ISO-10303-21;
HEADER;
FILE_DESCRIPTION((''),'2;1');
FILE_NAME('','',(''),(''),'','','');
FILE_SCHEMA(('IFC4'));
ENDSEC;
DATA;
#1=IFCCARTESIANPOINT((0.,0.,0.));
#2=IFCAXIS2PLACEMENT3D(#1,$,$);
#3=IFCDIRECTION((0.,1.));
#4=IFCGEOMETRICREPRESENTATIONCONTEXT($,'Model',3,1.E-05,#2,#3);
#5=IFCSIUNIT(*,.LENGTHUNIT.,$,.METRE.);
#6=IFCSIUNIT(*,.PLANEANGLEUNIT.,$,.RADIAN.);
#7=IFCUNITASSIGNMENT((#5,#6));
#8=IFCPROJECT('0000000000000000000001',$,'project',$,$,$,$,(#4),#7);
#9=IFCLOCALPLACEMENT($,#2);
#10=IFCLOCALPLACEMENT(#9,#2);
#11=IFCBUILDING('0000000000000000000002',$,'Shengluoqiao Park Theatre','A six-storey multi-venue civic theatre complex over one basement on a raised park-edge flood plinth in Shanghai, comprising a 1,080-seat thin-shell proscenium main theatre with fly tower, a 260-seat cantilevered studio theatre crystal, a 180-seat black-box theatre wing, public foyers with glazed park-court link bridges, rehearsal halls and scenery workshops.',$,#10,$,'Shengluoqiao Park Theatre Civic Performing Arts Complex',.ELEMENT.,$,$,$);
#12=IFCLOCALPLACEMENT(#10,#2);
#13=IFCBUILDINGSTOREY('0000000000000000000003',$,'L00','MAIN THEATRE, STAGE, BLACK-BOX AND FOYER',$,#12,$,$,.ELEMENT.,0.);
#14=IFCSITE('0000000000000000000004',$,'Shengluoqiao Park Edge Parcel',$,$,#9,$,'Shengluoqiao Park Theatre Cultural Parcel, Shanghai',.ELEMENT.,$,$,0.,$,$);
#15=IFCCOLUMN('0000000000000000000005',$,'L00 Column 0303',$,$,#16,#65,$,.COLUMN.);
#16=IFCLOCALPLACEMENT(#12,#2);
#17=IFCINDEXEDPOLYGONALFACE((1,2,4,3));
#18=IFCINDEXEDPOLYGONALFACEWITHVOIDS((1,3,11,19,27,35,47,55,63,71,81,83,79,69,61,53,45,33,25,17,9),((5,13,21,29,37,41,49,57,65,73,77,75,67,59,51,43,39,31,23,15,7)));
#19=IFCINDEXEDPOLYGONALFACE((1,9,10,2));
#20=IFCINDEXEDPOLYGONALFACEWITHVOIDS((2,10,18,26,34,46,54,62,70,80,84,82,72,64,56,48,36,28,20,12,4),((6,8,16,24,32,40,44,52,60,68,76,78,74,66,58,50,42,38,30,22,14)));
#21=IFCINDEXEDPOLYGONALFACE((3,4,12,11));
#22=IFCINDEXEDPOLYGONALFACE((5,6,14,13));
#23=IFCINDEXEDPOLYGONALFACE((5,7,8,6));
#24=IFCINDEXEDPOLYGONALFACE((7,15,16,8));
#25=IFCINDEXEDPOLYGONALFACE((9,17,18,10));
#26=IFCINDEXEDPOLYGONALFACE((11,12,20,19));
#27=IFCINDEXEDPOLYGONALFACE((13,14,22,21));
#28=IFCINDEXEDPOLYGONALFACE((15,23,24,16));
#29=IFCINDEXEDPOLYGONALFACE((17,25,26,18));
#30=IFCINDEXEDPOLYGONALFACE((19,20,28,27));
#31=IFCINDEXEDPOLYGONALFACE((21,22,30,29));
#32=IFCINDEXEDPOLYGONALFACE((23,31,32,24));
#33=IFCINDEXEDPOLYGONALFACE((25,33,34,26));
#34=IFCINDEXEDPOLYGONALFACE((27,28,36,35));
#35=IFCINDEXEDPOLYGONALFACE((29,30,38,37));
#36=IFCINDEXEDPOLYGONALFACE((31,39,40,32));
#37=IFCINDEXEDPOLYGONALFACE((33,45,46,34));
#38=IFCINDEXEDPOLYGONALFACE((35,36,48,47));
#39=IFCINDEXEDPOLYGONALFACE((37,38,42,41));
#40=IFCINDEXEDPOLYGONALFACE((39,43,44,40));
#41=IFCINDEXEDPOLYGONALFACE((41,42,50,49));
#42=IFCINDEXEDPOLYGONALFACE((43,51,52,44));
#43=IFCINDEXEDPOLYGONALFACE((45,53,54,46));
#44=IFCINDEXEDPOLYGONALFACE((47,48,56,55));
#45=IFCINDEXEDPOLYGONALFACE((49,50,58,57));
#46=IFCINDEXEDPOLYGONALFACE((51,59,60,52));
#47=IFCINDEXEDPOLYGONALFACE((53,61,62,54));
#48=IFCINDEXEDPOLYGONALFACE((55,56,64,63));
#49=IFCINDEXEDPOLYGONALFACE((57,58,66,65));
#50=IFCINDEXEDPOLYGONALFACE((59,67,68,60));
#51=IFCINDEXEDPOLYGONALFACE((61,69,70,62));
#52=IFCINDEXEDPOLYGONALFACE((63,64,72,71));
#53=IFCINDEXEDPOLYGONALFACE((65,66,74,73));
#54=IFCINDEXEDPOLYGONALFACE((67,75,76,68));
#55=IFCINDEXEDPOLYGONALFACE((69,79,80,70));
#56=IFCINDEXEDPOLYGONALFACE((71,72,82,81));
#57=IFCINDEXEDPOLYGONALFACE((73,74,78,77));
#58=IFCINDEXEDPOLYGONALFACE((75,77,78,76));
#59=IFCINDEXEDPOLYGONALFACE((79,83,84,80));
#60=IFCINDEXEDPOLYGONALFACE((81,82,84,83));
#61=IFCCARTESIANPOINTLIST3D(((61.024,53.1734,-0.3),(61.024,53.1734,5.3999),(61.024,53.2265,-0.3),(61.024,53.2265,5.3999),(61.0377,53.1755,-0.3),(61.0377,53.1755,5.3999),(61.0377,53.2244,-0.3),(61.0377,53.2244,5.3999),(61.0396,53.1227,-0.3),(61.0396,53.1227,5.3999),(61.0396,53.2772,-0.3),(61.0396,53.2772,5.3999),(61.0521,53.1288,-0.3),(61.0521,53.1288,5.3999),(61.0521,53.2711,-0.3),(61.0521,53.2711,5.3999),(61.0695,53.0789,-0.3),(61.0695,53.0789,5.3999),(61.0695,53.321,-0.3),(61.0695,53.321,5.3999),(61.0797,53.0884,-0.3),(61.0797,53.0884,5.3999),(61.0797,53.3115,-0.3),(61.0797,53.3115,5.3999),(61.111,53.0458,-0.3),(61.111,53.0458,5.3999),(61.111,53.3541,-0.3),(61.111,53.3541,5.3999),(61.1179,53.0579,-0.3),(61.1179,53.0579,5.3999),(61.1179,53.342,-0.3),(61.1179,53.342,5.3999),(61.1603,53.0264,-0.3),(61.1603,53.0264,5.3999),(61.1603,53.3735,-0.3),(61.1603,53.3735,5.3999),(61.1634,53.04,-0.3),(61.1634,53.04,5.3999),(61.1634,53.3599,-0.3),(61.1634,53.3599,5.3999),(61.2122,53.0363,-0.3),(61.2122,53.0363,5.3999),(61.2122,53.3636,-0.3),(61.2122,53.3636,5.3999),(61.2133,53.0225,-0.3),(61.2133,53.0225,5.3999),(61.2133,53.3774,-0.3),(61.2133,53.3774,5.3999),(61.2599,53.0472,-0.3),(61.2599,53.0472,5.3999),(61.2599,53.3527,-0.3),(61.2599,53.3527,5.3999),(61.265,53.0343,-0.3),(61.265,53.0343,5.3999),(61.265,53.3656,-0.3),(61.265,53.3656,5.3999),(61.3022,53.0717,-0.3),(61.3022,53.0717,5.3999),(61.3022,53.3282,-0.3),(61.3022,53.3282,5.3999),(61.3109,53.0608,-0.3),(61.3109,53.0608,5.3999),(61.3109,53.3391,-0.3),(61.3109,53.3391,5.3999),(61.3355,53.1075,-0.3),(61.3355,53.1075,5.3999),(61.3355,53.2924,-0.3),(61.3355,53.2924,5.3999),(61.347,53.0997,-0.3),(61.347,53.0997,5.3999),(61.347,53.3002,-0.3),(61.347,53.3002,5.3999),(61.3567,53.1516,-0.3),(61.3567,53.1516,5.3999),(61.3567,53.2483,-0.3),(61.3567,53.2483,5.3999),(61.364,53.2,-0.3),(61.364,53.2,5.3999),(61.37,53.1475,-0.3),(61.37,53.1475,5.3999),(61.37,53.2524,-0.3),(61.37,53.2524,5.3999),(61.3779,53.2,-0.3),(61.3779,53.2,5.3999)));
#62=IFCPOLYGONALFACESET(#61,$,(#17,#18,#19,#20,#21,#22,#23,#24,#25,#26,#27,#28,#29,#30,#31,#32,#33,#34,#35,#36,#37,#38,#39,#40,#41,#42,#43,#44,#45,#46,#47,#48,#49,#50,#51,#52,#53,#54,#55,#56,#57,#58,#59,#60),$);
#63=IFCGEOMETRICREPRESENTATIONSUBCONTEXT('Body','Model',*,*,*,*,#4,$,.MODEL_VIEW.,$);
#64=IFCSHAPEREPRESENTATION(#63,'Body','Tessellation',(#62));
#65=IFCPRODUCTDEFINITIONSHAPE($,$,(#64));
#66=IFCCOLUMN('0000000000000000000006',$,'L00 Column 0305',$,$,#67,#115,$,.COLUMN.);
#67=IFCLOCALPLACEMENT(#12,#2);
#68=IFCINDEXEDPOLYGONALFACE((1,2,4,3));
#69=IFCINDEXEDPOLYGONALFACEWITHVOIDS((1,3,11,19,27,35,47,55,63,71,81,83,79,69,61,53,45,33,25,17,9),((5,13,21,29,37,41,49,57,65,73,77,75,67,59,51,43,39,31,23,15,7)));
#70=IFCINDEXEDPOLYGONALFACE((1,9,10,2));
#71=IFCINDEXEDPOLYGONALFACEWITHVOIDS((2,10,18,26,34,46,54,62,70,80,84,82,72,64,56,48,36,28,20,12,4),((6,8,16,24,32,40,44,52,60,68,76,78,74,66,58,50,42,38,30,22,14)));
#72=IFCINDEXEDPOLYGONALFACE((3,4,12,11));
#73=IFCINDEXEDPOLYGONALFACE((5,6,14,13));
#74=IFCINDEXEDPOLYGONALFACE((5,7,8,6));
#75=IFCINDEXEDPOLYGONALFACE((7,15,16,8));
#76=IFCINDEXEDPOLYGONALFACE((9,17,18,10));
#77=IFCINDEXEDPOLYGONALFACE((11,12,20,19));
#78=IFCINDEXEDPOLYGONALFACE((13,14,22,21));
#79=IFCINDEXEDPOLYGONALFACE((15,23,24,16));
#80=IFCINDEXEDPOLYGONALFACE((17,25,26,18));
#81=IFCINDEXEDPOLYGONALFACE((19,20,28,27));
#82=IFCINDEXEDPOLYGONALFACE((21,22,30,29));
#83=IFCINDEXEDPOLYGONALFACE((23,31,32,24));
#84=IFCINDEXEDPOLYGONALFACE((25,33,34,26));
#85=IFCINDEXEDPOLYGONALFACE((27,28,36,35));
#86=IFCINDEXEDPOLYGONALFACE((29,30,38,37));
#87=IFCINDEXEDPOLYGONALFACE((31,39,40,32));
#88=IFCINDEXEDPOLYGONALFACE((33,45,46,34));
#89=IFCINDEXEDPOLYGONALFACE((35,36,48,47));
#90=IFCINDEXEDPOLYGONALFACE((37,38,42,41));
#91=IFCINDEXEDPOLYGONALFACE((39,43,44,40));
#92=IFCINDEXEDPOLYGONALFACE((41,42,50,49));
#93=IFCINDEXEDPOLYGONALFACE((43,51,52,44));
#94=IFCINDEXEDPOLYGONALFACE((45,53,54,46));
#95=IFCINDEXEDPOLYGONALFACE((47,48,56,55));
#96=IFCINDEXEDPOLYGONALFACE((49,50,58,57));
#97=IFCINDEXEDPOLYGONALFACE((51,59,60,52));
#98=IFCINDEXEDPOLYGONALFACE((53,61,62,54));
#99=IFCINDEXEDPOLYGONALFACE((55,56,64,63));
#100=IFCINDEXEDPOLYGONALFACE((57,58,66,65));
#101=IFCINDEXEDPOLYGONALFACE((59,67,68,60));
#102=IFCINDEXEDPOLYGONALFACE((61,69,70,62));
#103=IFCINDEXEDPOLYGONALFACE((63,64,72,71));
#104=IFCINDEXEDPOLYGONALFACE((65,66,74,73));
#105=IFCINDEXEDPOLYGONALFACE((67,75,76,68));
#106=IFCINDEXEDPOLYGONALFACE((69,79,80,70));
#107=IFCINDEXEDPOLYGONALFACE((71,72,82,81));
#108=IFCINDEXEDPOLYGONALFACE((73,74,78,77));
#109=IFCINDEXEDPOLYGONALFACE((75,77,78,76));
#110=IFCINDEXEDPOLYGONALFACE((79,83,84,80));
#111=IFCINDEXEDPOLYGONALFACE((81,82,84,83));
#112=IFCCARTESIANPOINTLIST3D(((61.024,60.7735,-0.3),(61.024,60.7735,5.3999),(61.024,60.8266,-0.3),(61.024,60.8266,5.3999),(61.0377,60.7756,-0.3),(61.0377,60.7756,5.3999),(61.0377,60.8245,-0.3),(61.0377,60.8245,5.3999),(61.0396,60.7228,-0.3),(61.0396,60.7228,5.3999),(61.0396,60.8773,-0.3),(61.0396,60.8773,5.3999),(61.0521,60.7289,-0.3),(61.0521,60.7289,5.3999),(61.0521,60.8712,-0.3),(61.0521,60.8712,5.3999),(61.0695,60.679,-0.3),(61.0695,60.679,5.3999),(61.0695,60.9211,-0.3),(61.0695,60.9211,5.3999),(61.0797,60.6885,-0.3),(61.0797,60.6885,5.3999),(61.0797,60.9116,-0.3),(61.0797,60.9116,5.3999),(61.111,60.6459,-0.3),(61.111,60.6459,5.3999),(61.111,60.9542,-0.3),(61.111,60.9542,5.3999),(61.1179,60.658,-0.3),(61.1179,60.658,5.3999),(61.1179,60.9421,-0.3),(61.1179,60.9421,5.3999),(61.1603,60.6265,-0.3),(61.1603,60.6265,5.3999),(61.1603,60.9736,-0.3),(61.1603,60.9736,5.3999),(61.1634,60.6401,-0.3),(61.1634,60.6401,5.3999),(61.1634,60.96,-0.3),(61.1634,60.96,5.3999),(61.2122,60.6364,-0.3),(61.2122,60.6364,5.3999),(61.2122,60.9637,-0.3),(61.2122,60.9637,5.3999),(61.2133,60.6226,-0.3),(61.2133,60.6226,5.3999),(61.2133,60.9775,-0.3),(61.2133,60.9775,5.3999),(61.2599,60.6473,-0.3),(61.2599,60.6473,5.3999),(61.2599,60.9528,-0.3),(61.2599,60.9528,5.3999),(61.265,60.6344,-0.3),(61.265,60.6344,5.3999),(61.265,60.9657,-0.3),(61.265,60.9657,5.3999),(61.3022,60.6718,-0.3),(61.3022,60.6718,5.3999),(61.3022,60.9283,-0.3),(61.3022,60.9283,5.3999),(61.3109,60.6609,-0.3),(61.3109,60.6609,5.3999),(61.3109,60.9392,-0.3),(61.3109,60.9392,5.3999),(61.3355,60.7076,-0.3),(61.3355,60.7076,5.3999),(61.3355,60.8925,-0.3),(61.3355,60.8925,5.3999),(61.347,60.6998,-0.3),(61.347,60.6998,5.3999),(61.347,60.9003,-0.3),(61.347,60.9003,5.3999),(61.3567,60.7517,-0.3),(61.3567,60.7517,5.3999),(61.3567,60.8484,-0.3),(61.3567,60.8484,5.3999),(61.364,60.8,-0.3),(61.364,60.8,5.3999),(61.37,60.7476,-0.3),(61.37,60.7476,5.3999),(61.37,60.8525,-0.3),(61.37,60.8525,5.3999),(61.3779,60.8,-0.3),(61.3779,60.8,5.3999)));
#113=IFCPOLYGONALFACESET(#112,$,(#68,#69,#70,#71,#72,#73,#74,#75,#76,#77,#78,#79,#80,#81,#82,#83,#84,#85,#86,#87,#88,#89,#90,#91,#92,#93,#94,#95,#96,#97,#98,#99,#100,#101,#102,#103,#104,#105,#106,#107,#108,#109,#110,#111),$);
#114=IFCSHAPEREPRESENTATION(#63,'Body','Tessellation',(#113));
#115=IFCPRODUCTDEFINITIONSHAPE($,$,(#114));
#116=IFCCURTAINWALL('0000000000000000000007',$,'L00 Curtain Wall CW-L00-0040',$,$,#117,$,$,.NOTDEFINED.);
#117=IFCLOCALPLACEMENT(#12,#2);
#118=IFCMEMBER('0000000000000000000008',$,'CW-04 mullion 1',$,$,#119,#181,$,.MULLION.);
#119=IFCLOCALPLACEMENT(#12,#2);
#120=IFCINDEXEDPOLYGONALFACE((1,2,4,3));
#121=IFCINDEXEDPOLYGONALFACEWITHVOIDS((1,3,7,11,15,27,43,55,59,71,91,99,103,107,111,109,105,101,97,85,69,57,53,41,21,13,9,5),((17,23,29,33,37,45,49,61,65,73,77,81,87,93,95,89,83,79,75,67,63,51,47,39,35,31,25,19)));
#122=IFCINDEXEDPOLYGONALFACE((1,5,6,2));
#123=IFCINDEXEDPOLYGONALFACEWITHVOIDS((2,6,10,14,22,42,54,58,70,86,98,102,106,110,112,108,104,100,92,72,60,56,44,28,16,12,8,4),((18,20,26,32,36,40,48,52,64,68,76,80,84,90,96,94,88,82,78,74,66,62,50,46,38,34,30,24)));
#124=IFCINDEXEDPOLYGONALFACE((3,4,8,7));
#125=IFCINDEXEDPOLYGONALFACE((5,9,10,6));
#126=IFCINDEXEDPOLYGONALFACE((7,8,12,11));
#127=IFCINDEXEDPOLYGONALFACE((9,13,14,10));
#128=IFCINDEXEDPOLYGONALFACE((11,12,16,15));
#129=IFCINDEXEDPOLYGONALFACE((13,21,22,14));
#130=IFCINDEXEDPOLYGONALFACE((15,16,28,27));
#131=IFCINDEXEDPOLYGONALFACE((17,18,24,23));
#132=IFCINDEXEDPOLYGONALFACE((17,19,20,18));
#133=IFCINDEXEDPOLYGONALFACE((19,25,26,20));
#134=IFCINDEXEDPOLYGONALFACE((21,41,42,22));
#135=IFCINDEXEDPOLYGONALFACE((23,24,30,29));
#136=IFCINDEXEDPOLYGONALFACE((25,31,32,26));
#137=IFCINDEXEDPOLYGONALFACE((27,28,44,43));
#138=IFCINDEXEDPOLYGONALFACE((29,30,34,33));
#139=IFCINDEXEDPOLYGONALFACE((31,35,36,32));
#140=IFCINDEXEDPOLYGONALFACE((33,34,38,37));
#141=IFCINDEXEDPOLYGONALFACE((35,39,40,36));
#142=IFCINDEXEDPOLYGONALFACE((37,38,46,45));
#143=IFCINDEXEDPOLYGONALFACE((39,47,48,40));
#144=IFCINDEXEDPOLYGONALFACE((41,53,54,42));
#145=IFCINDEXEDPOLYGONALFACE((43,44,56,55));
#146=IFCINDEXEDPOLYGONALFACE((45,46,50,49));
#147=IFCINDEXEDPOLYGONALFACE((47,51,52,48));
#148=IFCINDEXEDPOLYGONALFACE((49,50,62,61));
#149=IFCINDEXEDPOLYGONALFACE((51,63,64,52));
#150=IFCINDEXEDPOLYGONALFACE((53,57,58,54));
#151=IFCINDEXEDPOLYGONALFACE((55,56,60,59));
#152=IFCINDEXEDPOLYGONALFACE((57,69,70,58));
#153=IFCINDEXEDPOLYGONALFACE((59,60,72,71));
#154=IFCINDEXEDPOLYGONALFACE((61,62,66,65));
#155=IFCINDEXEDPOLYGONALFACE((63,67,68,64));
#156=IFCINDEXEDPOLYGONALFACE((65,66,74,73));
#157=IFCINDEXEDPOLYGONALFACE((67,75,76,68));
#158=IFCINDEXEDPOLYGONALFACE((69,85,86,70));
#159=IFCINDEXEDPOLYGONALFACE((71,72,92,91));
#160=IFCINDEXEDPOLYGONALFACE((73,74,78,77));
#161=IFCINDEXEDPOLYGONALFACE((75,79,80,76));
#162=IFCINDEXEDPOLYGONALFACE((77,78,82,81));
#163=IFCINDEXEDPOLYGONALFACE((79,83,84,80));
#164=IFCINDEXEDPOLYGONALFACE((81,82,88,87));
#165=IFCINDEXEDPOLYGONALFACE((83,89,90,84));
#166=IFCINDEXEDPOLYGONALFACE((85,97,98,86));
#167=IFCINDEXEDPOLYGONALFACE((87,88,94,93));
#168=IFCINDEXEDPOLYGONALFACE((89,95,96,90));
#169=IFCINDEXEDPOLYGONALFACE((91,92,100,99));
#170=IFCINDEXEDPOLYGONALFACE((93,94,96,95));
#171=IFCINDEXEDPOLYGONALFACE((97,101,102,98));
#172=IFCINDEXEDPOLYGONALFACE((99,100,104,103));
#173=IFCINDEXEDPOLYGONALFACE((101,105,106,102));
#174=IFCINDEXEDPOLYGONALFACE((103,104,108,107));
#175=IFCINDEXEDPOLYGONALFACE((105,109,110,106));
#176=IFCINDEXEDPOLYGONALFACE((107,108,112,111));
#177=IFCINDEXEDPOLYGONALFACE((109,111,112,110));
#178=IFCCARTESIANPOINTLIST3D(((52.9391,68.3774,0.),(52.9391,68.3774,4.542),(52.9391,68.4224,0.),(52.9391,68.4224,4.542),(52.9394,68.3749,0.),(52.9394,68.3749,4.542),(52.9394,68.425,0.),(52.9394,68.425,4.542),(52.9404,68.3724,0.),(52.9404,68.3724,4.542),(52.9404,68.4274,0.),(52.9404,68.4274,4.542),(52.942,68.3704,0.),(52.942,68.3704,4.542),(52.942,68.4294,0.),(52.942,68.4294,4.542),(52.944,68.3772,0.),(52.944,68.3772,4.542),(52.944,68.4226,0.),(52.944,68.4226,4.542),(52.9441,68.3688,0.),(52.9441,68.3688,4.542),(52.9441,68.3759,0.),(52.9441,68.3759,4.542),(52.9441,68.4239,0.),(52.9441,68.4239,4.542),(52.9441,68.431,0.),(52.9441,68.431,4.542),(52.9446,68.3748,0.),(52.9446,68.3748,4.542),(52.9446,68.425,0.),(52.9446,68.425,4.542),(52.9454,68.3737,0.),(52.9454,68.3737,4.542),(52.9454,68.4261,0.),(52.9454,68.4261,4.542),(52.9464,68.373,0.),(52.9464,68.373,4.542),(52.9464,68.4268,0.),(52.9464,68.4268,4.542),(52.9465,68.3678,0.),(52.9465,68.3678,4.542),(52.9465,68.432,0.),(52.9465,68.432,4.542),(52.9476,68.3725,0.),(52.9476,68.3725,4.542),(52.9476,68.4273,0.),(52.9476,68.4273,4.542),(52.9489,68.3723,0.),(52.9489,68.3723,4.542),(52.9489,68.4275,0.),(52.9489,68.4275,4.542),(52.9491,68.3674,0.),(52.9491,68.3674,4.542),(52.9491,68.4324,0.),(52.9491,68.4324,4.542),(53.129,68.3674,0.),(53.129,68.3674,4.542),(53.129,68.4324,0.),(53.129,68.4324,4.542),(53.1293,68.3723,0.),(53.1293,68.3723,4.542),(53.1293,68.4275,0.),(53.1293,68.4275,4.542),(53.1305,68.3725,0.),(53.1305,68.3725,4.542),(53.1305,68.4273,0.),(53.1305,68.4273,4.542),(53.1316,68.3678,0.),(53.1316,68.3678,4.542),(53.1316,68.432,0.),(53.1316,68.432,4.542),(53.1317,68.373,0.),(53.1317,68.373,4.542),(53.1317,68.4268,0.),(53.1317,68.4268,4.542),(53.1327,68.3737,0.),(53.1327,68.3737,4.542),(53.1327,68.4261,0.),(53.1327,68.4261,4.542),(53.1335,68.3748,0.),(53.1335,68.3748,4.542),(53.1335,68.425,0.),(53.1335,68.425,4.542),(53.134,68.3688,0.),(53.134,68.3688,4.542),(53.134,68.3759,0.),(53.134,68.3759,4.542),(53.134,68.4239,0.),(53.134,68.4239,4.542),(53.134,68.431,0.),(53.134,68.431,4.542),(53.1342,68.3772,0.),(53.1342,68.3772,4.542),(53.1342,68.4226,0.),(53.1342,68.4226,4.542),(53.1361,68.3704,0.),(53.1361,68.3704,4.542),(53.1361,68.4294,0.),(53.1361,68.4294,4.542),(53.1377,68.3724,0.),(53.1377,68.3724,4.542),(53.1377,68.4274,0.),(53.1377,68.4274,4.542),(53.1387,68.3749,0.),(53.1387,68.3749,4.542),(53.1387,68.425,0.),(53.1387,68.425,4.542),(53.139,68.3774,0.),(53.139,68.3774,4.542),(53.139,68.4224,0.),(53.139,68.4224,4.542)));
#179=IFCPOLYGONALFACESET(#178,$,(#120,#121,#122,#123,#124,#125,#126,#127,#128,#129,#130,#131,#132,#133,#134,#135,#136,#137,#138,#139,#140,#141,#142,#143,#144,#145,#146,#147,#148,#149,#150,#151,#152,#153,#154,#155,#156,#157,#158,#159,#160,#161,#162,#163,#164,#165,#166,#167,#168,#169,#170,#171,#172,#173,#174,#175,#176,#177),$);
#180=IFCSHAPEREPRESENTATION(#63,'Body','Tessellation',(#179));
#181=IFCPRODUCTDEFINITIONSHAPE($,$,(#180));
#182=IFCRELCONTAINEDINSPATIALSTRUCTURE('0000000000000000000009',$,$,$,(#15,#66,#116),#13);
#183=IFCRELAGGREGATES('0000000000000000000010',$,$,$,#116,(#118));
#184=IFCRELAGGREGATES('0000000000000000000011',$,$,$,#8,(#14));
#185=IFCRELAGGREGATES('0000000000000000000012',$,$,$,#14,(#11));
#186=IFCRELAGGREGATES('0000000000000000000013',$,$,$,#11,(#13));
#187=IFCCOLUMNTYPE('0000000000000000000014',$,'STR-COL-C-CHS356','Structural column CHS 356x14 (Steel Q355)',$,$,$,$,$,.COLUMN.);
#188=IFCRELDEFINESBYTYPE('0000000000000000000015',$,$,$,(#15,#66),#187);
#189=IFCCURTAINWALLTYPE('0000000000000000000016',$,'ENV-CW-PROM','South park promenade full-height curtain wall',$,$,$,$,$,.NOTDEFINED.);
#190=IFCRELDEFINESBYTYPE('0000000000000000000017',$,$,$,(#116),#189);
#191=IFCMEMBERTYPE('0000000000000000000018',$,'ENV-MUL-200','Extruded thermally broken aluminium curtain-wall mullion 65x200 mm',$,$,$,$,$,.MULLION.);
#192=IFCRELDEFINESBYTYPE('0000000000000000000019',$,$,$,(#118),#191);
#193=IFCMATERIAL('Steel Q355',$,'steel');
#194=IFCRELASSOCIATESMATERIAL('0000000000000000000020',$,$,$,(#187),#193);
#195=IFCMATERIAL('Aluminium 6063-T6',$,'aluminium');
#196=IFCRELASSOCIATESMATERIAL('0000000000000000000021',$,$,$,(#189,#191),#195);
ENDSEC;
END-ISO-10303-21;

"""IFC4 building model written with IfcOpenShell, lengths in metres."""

from ifc_helpers import new_model, si_unit, direction, frame, origin, origin_2d, place, context, subcontext, project, spatial, hollow_rectangle, hollow_circle, extrude, material, material_profile, profile_set, type_object, element, aggregate, save


model = new_model("IFC4")

# Units and contexts
model_context = context("Model", 3, precision=1e-05, world=origin(), true_north=direction((0.0, 1.0)))
body_context = subcontext(model_context, "Body", "Model", "MODEL_VIEW")
ifc_project = project(units=[si_unit("LENGTHUNIT", "METRE"), si_unit("PLANEANGLEUNIT", "RADIAN")], contexts=[model_context])

# Site, building, storey
site_placement = place(None, origin())
site = spatial("IfcSite", under=ifc_project, at=site_placement, Name="Shengluoqiao Park Edge Parcel", LongName="Shengluoqiao Park Theatre Cultural Parcel, Shanghai", CompositionType="ELEMENT", RefElevation=0.0)
building_placement = place(site_placement, origin())
building = spatial("IfcBuilding", under=site, at=building_placement, Name="Shengluoqiao Park Theatre", Description="A six-storey multi-venue civic theatre complex over one basement on a raised park-edge flood plinth in Shanghai, comprising a 1,080-seat thin-shell proscenium main theatre with fly tower, a 260-seat cantilevered studio theatre crystal, a 180-seat black-box theatre wing, public foyers with glazed park-court link bridges, rehearsal halls and scenery workshops.", LongName="Shengluoqiao Park Theatre Civic Performing Arts Complex", CompositionType="ELEMENT")
storey_placement = place(building_placement, origin())
storey = spatial("IfcBuildingStorey", under=building, at=storey_placement, Name="L00", Description="MAIN THEATRE, STAGE, BLACK-BOX AND FOYER", CompositionType="ELEMENT", Elevation=0.0)

# Columns
ifc_material_1 = material(Name="Steel Q355", Category="steel")
ifc_material_profile_1 = material_profile(ifc_material_1, hollow_circle(Radius=0.178, WallThickness=0.0139, at=origin_2d()), Name="CHS 356x14")
ifc_profile_set_1 = profile_set([ifc_material_profile_1], Name="Steel Q355")
column_type = type_object("IfcColumnType", Name="STR-COL-C-CHS356", Description="Structural column CHS 356x14 (Steel Q355)", PredefinedType="COLUMN", material=ifc_profile_set_1)
for number, where, z_axis, x_axis, name in (
    (1, (61.2, 53.2, -0.3), (0.0, 0.0, 1.0), (1.0, 0.0, 0.0), "L00 Column 0303"),
    (2, (61.2, 60.8, -0.3), (0.0, 0.0, 1.0), (1.0, 0.0, 0.0), "L00 Column 0305"),
):
    element("IfcColumn", number, at=place(storey_placement, frame(where, z_axis=z_axis, x_axis=x_axis)), inside=storey, type_object=column_type, Name=name, PredefinedType="COLUMN", context=body_context, shape_type="SweptSolid", body=[
        extrude(hollow_circle(Radius=0.178, WallThickness=0.0139, at=origin_2d()), origin(), (0.0, 0.0, 1.0), 5.7),
    ])

# Curtain wall, member
ifc_material_2 = material(Name="Aluminium 6063-T6", Category="aluminium")
curtain_wall_type = type_object("IfcCurtainWallType", Name="ENV-CW-PROM", Description="South park promenade full-height curtain wall", PredefinedType="NOTDEFINED", material=ifc_material_2)
curtain_wall_placement = place(storey_placement, origin())
curtain_wall = element("IfcCurtainWall", 3, at=curtain_wall_placement, inside=storey, type_object=curtain_wall_type, Name="L00 Curtain Wall CW-L00-0040", PredefinedType="NOTDEFINED")
ifc_material_profile_2 = material_profile(ifc_material_2, hollow_rectangle(XDim=0.0649, YDim=0.2, WallThickness=0.0049, InnerFilletRadius=0.0049, OuterFilletRadius=0.01, at=origin_2d()), Name="ALU MULLION 200x65x5")
ifc_profile_set_2 = profile_set([ifc_material_profile_2], Name="Aluminium 6063-T6")
member_type_1 = type_object("IfcMemberType", Name="ENV-MUL-200", Description="Extruded thermally broken aluminium curtain-wall mullion 65x200 mm", PredefinedType="MULLION", material=ifc_profile_set_2)
member_1_placement = place(storey_placement, frame((53.0391, 68.3999, 0.0), z_axis=(0.0, 0.0, 1.0), x_axis=(0.0, 1.0, 0.0)))
member_1 = element("IfcMember", 4, at=member_1_placement, type_object=member_type_1, Name="CW-04 mullion 1", PredefinedType="MULLION", context=body_context, shape_type="SweptSolid", body=[
    extrude(hollow_rectangle(XDim=0.0649, YDim=0.2, WallThickness=0.0049, InnerFilletRadius=0.0049, OuterFilletRadius=0.01, at=origin_2d()), origin(), (0.0, 0.0, 1.0), 4.542),
])
aggregate(curtain_wall, [member_1])

save(model, "model.ifc")
